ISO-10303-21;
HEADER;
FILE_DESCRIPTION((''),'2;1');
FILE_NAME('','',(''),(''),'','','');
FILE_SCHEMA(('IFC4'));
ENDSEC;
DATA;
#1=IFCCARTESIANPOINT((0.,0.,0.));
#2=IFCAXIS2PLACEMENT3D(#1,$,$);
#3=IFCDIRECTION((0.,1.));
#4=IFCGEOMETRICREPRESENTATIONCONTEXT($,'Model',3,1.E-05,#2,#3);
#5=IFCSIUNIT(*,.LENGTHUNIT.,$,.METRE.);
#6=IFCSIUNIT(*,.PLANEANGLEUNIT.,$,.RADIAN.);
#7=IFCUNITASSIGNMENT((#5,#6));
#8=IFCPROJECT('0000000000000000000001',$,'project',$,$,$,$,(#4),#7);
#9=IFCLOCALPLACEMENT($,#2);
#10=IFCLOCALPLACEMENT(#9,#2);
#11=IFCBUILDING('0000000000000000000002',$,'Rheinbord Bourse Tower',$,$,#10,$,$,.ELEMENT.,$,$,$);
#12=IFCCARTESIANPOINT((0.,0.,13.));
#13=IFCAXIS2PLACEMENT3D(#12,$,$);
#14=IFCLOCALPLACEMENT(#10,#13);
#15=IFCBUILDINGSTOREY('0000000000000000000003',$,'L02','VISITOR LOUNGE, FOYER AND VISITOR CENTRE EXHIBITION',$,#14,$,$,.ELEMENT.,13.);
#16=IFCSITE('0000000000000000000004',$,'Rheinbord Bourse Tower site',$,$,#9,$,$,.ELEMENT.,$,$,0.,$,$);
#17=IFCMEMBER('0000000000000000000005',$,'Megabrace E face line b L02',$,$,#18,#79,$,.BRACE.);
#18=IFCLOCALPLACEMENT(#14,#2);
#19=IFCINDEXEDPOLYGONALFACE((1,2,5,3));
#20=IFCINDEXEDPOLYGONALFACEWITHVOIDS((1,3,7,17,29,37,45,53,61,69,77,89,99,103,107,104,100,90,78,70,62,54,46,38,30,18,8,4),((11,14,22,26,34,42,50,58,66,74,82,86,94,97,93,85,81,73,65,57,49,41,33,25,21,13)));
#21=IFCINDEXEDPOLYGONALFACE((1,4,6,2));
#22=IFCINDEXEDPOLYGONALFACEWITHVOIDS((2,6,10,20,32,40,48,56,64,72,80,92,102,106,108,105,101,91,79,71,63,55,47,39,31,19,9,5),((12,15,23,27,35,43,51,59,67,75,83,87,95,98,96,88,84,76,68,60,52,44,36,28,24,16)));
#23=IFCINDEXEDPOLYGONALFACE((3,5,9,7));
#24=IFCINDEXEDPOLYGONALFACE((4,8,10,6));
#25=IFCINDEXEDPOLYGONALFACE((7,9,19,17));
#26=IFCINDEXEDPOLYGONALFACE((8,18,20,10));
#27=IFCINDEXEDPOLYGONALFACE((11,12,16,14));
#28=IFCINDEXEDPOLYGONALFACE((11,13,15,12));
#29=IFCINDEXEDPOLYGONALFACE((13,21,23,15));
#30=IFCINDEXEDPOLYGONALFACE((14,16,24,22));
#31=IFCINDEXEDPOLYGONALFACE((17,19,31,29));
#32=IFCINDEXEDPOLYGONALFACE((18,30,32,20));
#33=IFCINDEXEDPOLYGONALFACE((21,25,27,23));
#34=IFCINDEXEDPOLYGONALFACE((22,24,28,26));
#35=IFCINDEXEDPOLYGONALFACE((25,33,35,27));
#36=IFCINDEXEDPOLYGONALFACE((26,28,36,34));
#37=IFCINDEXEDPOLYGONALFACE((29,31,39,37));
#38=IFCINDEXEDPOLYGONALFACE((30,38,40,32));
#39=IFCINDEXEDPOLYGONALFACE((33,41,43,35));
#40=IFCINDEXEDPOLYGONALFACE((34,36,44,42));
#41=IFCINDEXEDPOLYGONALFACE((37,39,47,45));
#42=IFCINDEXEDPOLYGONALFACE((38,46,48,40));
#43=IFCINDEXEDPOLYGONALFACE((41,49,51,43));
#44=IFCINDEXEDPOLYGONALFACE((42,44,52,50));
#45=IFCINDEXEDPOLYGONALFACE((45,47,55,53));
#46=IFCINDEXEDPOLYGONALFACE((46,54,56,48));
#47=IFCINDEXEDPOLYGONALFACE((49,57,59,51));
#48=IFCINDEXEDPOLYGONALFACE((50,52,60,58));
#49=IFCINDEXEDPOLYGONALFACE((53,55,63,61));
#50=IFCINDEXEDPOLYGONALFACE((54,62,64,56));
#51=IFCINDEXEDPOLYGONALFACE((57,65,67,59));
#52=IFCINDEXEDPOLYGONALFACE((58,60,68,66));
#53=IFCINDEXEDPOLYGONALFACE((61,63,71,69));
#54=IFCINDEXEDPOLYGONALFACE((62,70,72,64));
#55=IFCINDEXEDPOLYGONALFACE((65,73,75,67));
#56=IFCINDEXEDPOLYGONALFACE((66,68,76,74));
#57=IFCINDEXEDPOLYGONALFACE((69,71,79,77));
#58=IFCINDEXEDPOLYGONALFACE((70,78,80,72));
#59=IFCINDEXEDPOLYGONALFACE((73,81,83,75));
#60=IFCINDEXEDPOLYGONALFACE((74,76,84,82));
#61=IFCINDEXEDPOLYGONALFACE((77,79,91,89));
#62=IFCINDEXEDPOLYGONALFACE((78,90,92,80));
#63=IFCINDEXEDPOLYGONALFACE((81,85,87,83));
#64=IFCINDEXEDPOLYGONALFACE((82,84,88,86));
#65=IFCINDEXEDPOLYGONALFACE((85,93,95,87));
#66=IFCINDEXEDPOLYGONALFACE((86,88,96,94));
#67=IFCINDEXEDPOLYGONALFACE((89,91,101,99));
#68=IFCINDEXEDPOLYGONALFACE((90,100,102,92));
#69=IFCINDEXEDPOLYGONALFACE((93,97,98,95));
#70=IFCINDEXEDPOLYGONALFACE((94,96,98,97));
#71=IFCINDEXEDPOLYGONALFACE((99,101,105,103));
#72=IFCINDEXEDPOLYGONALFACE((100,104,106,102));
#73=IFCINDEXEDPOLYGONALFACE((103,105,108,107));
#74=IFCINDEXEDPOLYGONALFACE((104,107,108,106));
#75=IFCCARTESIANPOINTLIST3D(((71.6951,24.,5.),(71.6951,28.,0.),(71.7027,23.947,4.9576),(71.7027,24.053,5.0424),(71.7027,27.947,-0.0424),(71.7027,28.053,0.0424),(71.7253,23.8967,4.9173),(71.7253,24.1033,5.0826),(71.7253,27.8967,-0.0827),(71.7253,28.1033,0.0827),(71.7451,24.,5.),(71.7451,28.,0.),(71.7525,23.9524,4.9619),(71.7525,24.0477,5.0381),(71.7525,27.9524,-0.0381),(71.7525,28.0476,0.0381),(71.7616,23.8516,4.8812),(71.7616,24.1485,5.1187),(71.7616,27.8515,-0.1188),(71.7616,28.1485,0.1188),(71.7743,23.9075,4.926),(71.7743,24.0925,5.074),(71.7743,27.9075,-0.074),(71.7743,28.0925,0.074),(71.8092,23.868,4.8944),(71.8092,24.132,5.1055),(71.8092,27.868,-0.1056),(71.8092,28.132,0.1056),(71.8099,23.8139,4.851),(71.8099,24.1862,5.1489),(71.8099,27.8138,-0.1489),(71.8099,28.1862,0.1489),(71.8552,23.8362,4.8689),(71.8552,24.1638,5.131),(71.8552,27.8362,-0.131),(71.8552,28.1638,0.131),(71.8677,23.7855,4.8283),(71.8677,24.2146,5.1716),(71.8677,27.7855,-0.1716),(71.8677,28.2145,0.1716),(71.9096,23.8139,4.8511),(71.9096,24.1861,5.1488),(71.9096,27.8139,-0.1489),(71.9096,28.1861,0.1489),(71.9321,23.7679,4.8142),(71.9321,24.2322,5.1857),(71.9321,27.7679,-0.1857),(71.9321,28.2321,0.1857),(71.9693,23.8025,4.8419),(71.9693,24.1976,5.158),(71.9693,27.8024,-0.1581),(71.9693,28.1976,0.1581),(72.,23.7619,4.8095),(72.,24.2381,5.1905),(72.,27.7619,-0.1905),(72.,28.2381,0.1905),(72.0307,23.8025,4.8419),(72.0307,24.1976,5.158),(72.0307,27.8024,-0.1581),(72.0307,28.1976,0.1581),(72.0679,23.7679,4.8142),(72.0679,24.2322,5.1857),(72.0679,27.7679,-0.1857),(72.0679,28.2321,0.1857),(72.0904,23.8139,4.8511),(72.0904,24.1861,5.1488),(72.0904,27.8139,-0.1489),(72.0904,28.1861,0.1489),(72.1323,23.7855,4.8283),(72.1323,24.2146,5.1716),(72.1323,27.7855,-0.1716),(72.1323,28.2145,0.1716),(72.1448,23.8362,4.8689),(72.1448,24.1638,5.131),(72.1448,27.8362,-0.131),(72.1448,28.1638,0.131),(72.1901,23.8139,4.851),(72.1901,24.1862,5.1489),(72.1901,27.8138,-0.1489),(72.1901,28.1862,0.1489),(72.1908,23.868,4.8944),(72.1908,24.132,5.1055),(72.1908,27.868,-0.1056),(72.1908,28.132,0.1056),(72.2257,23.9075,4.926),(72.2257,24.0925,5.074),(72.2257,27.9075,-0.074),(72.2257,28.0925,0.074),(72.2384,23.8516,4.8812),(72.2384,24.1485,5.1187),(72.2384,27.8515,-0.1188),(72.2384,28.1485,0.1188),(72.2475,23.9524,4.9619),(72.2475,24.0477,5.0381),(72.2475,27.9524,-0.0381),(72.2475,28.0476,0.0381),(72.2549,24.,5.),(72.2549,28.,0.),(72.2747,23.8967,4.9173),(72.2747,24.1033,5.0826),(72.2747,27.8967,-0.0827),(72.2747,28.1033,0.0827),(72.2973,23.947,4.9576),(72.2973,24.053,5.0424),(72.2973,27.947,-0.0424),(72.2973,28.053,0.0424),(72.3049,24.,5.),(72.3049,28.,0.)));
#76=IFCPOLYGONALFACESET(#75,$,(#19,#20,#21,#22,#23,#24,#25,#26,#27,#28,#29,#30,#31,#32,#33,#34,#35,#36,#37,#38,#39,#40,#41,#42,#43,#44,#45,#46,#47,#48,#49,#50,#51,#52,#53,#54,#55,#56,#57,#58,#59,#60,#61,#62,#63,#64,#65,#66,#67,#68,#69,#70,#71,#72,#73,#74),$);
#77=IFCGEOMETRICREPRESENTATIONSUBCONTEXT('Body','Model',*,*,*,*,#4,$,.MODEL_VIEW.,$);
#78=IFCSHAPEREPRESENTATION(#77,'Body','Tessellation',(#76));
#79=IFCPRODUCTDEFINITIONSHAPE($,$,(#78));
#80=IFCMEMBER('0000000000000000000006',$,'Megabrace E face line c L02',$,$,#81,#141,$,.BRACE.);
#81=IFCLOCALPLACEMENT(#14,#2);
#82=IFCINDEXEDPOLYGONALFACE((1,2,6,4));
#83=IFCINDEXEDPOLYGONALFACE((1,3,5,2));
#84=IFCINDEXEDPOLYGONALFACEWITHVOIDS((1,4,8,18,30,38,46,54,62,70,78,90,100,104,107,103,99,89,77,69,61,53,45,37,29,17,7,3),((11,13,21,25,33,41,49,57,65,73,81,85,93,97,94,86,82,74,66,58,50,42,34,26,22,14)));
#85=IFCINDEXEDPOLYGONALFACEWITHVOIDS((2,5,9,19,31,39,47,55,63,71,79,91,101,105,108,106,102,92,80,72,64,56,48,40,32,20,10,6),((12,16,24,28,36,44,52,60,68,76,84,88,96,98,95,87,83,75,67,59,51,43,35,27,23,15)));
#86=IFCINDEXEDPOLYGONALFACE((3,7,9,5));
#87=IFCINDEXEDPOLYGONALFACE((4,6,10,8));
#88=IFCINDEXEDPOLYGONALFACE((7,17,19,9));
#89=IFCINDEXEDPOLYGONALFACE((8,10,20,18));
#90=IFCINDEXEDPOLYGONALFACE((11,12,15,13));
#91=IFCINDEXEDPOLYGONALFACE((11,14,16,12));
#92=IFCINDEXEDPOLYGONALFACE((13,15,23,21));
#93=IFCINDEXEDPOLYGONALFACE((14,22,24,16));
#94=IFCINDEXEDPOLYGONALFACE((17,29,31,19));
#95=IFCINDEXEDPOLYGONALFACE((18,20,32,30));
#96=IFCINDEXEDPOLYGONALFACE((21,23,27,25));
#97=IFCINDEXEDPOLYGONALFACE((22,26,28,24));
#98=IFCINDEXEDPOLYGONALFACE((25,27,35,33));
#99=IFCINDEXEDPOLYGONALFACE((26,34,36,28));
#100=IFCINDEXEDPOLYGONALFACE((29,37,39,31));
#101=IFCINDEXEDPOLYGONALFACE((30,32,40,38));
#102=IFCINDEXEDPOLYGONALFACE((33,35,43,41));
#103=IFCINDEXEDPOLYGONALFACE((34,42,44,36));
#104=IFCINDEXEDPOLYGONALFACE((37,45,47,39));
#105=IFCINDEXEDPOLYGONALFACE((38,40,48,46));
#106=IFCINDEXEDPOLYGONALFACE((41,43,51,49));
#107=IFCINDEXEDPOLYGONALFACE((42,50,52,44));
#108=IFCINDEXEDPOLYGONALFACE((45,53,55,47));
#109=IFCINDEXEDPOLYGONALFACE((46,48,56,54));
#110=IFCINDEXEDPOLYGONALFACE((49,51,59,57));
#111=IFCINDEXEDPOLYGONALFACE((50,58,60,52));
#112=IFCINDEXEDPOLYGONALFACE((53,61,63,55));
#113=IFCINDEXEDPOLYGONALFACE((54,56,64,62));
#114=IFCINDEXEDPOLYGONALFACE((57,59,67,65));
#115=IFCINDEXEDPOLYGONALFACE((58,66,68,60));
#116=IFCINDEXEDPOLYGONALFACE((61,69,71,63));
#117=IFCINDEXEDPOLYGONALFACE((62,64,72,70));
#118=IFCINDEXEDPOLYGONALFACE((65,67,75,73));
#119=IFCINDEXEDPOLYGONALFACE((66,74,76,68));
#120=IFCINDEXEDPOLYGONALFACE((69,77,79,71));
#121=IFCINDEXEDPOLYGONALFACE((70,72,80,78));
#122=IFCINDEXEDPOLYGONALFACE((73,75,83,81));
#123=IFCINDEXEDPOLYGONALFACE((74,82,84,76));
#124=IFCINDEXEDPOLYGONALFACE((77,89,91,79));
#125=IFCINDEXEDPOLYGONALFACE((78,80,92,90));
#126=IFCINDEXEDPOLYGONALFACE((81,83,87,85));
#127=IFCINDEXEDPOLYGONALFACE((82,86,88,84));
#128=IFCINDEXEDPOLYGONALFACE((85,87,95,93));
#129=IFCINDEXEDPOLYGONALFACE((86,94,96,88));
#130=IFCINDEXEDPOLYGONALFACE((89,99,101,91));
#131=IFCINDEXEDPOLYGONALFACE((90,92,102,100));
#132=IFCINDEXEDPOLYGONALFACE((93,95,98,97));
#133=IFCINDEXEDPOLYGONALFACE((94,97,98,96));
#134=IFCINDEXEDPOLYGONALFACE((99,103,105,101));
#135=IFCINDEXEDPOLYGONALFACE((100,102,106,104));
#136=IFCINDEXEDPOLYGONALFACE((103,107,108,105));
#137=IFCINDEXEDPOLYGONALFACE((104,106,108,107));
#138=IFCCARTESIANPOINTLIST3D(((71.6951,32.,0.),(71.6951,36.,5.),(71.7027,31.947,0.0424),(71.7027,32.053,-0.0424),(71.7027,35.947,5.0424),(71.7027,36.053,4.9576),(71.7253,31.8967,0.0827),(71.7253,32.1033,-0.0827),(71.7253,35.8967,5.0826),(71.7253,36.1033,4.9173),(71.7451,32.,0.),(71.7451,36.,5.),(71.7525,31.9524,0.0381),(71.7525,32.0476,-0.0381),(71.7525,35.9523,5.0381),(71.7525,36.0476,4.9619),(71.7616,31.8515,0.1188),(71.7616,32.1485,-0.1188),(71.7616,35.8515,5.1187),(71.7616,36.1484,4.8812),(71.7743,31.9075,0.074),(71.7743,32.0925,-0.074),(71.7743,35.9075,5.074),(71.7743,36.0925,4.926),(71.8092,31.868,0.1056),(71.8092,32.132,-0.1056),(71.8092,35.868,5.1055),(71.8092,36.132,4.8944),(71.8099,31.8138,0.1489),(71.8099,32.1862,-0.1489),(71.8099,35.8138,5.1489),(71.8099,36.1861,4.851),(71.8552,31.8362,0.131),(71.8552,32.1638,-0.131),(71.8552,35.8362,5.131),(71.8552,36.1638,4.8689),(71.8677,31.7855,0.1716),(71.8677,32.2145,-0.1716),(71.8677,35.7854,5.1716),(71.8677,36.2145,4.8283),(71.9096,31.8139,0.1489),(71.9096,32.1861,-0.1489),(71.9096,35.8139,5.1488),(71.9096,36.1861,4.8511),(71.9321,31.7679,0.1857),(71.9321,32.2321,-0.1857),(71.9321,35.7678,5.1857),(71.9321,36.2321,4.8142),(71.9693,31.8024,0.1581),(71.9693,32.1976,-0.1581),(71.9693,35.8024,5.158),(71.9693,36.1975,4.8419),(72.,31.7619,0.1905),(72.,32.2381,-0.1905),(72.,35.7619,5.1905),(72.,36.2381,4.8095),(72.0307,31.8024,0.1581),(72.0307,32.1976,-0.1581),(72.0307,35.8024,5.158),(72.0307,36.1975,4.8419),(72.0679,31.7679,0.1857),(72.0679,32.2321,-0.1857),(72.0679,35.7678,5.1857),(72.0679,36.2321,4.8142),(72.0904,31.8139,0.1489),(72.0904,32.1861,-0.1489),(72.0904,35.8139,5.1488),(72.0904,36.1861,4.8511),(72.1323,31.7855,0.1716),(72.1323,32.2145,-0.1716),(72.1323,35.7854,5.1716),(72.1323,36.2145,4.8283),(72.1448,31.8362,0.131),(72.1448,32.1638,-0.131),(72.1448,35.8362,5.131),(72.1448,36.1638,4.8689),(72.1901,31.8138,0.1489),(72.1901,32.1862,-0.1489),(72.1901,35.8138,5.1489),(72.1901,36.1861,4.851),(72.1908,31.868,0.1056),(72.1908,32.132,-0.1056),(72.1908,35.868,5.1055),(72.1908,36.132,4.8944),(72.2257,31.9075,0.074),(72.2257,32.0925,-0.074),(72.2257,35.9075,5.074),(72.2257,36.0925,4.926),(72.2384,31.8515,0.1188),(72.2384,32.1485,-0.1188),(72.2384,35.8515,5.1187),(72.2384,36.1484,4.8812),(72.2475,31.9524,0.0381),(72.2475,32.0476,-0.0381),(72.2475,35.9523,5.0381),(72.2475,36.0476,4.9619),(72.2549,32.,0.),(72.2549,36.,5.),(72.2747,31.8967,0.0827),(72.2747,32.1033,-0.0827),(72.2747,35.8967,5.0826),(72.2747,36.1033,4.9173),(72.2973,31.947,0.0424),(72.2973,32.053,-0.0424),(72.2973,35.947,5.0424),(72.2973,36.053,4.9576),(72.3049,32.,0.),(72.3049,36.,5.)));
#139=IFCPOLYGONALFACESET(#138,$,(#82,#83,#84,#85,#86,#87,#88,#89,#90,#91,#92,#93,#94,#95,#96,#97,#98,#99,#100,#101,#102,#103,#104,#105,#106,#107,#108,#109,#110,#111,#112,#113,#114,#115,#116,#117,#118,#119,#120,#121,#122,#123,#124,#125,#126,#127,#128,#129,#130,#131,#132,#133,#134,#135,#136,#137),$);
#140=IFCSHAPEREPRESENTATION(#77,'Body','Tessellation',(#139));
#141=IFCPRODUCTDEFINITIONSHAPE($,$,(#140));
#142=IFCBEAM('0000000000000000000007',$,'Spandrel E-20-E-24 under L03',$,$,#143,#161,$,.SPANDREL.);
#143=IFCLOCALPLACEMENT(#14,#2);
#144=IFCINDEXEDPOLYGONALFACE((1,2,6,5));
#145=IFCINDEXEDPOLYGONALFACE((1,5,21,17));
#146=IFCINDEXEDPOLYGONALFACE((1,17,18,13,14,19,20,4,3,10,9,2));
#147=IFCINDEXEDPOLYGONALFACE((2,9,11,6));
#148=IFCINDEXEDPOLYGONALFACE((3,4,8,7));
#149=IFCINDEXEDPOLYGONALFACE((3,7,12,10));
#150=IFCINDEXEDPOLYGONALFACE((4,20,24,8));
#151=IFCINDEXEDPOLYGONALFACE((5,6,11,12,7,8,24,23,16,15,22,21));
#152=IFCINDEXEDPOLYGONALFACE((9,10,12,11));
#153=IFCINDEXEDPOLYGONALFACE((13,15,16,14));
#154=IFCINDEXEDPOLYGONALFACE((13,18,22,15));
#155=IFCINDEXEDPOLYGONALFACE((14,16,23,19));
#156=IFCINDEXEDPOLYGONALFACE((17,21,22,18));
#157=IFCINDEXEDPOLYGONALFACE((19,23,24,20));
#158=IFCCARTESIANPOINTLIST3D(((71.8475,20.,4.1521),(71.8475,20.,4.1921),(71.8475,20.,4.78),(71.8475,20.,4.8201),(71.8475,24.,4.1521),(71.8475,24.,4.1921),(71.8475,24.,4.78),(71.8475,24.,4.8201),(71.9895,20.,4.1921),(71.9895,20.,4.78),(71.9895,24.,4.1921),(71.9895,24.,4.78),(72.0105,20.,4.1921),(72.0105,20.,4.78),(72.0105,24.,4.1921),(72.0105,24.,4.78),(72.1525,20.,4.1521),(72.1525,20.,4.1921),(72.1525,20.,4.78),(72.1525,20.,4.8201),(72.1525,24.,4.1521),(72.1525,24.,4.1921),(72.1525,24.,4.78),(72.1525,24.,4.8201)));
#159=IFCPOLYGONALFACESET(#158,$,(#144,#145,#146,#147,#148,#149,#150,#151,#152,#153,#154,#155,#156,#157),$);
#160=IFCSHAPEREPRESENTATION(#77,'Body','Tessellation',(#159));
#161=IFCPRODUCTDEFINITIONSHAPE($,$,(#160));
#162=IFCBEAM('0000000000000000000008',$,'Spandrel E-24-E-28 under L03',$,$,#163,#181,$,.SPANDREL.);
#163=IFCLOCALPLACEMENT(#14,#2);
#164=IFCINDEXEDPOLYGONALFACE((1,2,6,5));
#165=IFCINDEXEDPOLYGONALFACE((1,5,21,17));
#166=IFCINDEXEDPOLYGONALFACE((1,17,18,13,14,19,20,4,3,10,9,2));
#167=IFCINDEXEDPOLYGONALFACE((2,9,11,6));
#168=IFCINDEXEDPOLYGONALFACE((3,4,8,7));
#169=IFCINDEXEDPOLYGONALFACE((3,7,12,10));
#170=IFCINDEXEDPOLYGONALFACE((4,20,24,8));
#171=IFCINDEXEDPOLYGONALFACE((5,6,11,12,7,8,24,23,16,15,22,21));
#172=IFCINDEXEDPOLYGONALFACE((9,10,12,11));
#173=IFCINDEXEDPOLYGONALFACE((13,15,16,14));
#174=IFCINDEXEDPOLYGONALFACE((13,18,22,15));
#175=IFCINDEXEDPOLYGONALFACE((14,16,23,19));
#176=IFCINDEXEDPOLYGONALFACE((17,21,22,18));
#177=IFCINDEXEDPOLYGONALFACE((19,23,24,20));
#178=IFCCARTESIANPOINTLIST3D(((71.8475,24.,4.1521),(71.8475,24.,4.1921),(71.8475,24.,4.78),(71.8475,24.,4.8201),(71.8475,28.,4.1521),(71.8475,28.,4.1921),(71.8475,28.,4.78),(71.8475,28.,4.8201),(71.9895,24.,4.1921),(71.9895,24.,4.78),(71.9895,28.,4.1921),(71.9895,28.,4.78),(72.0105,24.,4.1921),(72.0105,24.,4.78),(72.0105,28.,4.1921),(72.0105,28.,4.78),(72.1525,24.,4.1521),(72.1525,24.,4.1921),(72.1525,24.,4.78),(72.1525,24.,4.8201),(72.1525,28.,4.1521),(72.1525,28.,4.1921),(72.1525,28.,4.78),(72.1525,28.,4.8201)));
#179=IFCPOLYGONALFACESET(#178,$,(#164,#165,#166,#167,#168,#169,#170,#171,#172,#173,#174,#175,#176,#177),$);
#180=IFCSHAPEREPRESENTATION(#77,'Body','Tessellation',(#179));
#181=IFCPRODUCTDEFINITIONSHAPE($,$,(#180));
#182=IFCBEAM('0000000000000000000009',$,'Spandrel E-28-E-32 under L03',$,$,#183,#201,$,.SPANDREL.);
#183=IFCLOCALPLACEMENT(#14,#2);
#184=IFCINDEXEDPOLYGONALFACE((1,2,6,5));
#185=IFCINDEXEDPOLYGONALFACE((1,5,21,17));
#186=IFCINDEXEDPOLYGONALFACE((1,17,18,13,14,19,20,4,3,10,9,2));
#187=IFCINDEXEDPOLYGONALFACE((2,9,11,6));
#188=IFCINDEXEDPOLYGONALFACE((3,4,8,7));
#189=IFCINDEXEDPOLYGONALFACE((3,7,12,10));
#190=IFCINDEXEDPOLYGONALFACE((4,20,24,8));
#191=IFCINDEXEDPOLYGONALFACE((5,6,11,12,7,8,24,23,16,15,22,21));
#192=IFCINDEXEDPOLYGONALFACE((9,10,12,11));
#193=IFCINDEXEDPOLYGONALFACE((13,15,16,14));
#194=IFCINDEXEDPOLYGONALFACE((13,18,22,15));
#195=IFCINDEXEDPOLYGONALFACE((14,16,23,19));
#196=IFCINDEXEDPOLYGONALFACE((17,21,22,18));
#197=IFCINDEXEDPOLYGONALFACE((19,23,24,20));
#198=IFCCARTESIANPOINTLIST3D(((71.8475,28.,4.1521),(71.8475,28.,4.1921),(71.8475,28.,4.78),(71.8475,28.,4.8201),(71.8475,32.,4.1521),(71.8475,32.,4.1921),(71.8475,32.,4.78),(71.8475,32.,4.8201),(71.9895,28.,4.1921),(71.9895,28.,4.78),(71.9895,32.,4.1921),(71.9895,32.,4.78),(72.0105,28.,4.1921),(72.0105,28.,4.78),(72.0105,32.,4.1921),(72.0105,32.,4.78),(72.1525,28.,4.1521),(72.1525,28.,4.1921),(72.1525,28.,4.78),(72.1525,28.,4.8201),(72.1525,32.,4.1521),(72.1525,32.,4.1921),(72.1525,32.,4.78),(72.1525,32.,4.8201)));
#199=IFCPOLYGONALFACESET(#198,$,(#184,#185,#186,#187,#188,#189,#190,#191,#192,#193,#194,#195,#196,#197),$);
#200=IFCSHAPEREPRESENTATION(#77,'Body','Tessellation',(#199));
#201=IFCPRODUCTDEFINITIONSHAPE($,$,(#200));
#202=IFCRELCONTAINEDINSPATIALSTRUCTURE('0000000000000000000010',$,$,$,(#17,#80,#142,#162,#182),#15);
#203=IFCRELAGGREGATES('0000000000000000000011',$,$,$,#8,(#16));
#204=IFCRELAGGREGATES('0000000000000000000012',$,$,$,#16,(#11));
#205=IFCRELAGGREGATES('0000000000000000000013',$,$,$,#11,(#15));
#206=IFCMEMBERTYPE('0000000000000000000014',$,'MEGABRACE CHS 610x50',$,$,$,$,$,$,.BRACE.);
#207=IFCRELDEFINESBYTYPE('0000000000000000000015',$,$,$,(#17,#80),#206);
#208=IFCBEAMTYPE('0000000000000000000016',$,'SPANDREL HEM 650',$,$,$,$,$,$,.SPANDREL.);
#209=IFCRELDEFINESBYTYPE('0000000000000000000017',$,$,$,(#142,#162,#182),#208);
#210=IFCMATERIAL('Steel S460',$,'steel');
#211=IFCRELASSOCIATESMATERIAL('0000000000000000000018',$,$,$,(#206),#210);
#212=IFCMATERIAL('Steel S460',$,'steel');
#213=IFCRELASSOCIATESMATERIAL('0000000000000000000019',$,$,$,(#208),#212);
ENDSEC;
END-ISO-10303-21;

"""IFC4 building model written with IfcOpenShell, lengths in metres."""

from ifc_helpers import new_model, si_unit, direction, frame, origin, origin_2d, place, context, subcontext, project, spatial, hollow_circle, i_section, extrude, material, material_profile, profile_set, type_object, element, save


model = new_model("IFC4")

# Units and contexts
model_context = context("Model", 3, precision=1e-05, world=origin(), true_north=direction((0.0, 1.0)))
body_context = subcontext(model_context, "Body", "Model", "MODEL_VIEW")
ifc_project = project(units=[si_unit("LENGTHUNIT", "METRE"), si_unit("PLANEANGLEUNIT", "RADIAN")], contexts=[model_context])

# Site, building, storey
site_placement = place(None, origin())
site = spatial("IfcSite", under=ifc_project, at=site_placement, Name="Rheinbord Bourse Tower site", CompositionType="ELEMENT", RefElevation=0.0)
building_placement = place(site_placement, origin())
building = spatial("IfcBuilding", under=site, at=building_placement, Name="Rheinbord Bourse Tower", CompositionType="ELEMENT")
storey_placement = place(building_placement, frame((0.0, 0.0, 13.0)))
storey = spatial("IfcBuildingStorey", under=building, at=storey_placement, Name="L02", Description="VISITOR LOUNGE, FOYER AND VISITOR CENTRE EXHIBITION", CompositionType="ELEMENT", Elevation=13.0)

# Members
ifc_material_1 = material(Name="Steel S460", Category="steel")
ifc_material_profile_1 = material_profile(ifc_material_1, hollow_circle(Radius=0.3049, WallThickness=0.05, at=origin_2d()), Name="CHS 610x50")
ifc_profile_set_1 = profile_set([ifc_material_profile_1], Name="Steel S460")
member_type_1 = type_object("IfcMemberType", Name="MEGABRACE CHS 610x50", PredefinedType="BRACE", material=ifc_profile_set_1)
for number, where, z_axis, x_axis, name in (
    (1, (72.0, 28.0, 0.0), (0.0, -0.624695, 0.780869), (1.0, 0.0, 0.0), "Megabrace E face line b L02"),
    (2, (72.0, 32.0, 0.0), (0.0, 0.624695, 0.780869), (-1.0, 0.0, 0.0), "Megabrace E face line c L02"),
):
    element("IfcMember", number, at=place(storey_placement, frame(where, z_axis=z_axis, x_axis=x_axis)), inside=storey, type_object=member_type_1, Name=name, PredefinedType="BRACE", context=body_context, shape_type="SweptSolid", body=[
        extrude(hollow_circle(Radius=0.3049, WallThickness=0.05, at=origin_2d()), origin(), (0.0, 0.0, 1.0), 6.4031),
    ])

# Beams
ifc_material_2 = material(Name="Steel S460", Category="steel")
ifc_material_profile_2 = material_profile(ifc_material_2, i_section(OverallWidth=0.3049, OverallDepth=0.668, WebThickness=0.021, FlangeThickness=0.04, at=origin_2d()), Name="HEM 650")
ifc_profile_set_2 = profile_set([ifc_material_profile_2], Name="Steel S460")
beam_type_1 = type_object("IfcBeamType", Name="SPANDREL HEM 650", PredefinedType="SPANDREL", material=ifc_profile_set_2)
for number, where, z_axis, x_axis, name in (
    (3, (72.0, 20.0, 4.4861), (0.0, 1.0, 0.0), (-1.0, 0.0, 0.0), "Spandrel E-20-E-24 under L03"),
    (4, (72.0, 24.0, 4.4861), (0.0, 1.0, 0.0), (-1.0, 0.0, 0.0), "Spandrel E-24-E-28 under L03"),
    (5, (72.0, 28.0, 4.4861), (0.0, 1.0, 0.0), (-1.0, 0.0, 0.0), "Spandrel E-28-E-32 under L03"),
):
    element("IfcBeam", number, at=place(storey_placement, frame(where, z_axis=z_axis, x_axis=x_axis)), inside=storey, type_object=beam_type_1, Name=name, PredefinedType="SPANDREL", context=body_context, shape_type="SweptSolid", body=[
        extrude(i_section(OverallWidth=0.3049, OverallDepth=0.668, WebThickness=0.021, FlangeThickness=0.04, at=origin_2d()), origin(), (0.0, 0.0, 1.0), 4.0),
    ])

save(model, "model.ifc")
